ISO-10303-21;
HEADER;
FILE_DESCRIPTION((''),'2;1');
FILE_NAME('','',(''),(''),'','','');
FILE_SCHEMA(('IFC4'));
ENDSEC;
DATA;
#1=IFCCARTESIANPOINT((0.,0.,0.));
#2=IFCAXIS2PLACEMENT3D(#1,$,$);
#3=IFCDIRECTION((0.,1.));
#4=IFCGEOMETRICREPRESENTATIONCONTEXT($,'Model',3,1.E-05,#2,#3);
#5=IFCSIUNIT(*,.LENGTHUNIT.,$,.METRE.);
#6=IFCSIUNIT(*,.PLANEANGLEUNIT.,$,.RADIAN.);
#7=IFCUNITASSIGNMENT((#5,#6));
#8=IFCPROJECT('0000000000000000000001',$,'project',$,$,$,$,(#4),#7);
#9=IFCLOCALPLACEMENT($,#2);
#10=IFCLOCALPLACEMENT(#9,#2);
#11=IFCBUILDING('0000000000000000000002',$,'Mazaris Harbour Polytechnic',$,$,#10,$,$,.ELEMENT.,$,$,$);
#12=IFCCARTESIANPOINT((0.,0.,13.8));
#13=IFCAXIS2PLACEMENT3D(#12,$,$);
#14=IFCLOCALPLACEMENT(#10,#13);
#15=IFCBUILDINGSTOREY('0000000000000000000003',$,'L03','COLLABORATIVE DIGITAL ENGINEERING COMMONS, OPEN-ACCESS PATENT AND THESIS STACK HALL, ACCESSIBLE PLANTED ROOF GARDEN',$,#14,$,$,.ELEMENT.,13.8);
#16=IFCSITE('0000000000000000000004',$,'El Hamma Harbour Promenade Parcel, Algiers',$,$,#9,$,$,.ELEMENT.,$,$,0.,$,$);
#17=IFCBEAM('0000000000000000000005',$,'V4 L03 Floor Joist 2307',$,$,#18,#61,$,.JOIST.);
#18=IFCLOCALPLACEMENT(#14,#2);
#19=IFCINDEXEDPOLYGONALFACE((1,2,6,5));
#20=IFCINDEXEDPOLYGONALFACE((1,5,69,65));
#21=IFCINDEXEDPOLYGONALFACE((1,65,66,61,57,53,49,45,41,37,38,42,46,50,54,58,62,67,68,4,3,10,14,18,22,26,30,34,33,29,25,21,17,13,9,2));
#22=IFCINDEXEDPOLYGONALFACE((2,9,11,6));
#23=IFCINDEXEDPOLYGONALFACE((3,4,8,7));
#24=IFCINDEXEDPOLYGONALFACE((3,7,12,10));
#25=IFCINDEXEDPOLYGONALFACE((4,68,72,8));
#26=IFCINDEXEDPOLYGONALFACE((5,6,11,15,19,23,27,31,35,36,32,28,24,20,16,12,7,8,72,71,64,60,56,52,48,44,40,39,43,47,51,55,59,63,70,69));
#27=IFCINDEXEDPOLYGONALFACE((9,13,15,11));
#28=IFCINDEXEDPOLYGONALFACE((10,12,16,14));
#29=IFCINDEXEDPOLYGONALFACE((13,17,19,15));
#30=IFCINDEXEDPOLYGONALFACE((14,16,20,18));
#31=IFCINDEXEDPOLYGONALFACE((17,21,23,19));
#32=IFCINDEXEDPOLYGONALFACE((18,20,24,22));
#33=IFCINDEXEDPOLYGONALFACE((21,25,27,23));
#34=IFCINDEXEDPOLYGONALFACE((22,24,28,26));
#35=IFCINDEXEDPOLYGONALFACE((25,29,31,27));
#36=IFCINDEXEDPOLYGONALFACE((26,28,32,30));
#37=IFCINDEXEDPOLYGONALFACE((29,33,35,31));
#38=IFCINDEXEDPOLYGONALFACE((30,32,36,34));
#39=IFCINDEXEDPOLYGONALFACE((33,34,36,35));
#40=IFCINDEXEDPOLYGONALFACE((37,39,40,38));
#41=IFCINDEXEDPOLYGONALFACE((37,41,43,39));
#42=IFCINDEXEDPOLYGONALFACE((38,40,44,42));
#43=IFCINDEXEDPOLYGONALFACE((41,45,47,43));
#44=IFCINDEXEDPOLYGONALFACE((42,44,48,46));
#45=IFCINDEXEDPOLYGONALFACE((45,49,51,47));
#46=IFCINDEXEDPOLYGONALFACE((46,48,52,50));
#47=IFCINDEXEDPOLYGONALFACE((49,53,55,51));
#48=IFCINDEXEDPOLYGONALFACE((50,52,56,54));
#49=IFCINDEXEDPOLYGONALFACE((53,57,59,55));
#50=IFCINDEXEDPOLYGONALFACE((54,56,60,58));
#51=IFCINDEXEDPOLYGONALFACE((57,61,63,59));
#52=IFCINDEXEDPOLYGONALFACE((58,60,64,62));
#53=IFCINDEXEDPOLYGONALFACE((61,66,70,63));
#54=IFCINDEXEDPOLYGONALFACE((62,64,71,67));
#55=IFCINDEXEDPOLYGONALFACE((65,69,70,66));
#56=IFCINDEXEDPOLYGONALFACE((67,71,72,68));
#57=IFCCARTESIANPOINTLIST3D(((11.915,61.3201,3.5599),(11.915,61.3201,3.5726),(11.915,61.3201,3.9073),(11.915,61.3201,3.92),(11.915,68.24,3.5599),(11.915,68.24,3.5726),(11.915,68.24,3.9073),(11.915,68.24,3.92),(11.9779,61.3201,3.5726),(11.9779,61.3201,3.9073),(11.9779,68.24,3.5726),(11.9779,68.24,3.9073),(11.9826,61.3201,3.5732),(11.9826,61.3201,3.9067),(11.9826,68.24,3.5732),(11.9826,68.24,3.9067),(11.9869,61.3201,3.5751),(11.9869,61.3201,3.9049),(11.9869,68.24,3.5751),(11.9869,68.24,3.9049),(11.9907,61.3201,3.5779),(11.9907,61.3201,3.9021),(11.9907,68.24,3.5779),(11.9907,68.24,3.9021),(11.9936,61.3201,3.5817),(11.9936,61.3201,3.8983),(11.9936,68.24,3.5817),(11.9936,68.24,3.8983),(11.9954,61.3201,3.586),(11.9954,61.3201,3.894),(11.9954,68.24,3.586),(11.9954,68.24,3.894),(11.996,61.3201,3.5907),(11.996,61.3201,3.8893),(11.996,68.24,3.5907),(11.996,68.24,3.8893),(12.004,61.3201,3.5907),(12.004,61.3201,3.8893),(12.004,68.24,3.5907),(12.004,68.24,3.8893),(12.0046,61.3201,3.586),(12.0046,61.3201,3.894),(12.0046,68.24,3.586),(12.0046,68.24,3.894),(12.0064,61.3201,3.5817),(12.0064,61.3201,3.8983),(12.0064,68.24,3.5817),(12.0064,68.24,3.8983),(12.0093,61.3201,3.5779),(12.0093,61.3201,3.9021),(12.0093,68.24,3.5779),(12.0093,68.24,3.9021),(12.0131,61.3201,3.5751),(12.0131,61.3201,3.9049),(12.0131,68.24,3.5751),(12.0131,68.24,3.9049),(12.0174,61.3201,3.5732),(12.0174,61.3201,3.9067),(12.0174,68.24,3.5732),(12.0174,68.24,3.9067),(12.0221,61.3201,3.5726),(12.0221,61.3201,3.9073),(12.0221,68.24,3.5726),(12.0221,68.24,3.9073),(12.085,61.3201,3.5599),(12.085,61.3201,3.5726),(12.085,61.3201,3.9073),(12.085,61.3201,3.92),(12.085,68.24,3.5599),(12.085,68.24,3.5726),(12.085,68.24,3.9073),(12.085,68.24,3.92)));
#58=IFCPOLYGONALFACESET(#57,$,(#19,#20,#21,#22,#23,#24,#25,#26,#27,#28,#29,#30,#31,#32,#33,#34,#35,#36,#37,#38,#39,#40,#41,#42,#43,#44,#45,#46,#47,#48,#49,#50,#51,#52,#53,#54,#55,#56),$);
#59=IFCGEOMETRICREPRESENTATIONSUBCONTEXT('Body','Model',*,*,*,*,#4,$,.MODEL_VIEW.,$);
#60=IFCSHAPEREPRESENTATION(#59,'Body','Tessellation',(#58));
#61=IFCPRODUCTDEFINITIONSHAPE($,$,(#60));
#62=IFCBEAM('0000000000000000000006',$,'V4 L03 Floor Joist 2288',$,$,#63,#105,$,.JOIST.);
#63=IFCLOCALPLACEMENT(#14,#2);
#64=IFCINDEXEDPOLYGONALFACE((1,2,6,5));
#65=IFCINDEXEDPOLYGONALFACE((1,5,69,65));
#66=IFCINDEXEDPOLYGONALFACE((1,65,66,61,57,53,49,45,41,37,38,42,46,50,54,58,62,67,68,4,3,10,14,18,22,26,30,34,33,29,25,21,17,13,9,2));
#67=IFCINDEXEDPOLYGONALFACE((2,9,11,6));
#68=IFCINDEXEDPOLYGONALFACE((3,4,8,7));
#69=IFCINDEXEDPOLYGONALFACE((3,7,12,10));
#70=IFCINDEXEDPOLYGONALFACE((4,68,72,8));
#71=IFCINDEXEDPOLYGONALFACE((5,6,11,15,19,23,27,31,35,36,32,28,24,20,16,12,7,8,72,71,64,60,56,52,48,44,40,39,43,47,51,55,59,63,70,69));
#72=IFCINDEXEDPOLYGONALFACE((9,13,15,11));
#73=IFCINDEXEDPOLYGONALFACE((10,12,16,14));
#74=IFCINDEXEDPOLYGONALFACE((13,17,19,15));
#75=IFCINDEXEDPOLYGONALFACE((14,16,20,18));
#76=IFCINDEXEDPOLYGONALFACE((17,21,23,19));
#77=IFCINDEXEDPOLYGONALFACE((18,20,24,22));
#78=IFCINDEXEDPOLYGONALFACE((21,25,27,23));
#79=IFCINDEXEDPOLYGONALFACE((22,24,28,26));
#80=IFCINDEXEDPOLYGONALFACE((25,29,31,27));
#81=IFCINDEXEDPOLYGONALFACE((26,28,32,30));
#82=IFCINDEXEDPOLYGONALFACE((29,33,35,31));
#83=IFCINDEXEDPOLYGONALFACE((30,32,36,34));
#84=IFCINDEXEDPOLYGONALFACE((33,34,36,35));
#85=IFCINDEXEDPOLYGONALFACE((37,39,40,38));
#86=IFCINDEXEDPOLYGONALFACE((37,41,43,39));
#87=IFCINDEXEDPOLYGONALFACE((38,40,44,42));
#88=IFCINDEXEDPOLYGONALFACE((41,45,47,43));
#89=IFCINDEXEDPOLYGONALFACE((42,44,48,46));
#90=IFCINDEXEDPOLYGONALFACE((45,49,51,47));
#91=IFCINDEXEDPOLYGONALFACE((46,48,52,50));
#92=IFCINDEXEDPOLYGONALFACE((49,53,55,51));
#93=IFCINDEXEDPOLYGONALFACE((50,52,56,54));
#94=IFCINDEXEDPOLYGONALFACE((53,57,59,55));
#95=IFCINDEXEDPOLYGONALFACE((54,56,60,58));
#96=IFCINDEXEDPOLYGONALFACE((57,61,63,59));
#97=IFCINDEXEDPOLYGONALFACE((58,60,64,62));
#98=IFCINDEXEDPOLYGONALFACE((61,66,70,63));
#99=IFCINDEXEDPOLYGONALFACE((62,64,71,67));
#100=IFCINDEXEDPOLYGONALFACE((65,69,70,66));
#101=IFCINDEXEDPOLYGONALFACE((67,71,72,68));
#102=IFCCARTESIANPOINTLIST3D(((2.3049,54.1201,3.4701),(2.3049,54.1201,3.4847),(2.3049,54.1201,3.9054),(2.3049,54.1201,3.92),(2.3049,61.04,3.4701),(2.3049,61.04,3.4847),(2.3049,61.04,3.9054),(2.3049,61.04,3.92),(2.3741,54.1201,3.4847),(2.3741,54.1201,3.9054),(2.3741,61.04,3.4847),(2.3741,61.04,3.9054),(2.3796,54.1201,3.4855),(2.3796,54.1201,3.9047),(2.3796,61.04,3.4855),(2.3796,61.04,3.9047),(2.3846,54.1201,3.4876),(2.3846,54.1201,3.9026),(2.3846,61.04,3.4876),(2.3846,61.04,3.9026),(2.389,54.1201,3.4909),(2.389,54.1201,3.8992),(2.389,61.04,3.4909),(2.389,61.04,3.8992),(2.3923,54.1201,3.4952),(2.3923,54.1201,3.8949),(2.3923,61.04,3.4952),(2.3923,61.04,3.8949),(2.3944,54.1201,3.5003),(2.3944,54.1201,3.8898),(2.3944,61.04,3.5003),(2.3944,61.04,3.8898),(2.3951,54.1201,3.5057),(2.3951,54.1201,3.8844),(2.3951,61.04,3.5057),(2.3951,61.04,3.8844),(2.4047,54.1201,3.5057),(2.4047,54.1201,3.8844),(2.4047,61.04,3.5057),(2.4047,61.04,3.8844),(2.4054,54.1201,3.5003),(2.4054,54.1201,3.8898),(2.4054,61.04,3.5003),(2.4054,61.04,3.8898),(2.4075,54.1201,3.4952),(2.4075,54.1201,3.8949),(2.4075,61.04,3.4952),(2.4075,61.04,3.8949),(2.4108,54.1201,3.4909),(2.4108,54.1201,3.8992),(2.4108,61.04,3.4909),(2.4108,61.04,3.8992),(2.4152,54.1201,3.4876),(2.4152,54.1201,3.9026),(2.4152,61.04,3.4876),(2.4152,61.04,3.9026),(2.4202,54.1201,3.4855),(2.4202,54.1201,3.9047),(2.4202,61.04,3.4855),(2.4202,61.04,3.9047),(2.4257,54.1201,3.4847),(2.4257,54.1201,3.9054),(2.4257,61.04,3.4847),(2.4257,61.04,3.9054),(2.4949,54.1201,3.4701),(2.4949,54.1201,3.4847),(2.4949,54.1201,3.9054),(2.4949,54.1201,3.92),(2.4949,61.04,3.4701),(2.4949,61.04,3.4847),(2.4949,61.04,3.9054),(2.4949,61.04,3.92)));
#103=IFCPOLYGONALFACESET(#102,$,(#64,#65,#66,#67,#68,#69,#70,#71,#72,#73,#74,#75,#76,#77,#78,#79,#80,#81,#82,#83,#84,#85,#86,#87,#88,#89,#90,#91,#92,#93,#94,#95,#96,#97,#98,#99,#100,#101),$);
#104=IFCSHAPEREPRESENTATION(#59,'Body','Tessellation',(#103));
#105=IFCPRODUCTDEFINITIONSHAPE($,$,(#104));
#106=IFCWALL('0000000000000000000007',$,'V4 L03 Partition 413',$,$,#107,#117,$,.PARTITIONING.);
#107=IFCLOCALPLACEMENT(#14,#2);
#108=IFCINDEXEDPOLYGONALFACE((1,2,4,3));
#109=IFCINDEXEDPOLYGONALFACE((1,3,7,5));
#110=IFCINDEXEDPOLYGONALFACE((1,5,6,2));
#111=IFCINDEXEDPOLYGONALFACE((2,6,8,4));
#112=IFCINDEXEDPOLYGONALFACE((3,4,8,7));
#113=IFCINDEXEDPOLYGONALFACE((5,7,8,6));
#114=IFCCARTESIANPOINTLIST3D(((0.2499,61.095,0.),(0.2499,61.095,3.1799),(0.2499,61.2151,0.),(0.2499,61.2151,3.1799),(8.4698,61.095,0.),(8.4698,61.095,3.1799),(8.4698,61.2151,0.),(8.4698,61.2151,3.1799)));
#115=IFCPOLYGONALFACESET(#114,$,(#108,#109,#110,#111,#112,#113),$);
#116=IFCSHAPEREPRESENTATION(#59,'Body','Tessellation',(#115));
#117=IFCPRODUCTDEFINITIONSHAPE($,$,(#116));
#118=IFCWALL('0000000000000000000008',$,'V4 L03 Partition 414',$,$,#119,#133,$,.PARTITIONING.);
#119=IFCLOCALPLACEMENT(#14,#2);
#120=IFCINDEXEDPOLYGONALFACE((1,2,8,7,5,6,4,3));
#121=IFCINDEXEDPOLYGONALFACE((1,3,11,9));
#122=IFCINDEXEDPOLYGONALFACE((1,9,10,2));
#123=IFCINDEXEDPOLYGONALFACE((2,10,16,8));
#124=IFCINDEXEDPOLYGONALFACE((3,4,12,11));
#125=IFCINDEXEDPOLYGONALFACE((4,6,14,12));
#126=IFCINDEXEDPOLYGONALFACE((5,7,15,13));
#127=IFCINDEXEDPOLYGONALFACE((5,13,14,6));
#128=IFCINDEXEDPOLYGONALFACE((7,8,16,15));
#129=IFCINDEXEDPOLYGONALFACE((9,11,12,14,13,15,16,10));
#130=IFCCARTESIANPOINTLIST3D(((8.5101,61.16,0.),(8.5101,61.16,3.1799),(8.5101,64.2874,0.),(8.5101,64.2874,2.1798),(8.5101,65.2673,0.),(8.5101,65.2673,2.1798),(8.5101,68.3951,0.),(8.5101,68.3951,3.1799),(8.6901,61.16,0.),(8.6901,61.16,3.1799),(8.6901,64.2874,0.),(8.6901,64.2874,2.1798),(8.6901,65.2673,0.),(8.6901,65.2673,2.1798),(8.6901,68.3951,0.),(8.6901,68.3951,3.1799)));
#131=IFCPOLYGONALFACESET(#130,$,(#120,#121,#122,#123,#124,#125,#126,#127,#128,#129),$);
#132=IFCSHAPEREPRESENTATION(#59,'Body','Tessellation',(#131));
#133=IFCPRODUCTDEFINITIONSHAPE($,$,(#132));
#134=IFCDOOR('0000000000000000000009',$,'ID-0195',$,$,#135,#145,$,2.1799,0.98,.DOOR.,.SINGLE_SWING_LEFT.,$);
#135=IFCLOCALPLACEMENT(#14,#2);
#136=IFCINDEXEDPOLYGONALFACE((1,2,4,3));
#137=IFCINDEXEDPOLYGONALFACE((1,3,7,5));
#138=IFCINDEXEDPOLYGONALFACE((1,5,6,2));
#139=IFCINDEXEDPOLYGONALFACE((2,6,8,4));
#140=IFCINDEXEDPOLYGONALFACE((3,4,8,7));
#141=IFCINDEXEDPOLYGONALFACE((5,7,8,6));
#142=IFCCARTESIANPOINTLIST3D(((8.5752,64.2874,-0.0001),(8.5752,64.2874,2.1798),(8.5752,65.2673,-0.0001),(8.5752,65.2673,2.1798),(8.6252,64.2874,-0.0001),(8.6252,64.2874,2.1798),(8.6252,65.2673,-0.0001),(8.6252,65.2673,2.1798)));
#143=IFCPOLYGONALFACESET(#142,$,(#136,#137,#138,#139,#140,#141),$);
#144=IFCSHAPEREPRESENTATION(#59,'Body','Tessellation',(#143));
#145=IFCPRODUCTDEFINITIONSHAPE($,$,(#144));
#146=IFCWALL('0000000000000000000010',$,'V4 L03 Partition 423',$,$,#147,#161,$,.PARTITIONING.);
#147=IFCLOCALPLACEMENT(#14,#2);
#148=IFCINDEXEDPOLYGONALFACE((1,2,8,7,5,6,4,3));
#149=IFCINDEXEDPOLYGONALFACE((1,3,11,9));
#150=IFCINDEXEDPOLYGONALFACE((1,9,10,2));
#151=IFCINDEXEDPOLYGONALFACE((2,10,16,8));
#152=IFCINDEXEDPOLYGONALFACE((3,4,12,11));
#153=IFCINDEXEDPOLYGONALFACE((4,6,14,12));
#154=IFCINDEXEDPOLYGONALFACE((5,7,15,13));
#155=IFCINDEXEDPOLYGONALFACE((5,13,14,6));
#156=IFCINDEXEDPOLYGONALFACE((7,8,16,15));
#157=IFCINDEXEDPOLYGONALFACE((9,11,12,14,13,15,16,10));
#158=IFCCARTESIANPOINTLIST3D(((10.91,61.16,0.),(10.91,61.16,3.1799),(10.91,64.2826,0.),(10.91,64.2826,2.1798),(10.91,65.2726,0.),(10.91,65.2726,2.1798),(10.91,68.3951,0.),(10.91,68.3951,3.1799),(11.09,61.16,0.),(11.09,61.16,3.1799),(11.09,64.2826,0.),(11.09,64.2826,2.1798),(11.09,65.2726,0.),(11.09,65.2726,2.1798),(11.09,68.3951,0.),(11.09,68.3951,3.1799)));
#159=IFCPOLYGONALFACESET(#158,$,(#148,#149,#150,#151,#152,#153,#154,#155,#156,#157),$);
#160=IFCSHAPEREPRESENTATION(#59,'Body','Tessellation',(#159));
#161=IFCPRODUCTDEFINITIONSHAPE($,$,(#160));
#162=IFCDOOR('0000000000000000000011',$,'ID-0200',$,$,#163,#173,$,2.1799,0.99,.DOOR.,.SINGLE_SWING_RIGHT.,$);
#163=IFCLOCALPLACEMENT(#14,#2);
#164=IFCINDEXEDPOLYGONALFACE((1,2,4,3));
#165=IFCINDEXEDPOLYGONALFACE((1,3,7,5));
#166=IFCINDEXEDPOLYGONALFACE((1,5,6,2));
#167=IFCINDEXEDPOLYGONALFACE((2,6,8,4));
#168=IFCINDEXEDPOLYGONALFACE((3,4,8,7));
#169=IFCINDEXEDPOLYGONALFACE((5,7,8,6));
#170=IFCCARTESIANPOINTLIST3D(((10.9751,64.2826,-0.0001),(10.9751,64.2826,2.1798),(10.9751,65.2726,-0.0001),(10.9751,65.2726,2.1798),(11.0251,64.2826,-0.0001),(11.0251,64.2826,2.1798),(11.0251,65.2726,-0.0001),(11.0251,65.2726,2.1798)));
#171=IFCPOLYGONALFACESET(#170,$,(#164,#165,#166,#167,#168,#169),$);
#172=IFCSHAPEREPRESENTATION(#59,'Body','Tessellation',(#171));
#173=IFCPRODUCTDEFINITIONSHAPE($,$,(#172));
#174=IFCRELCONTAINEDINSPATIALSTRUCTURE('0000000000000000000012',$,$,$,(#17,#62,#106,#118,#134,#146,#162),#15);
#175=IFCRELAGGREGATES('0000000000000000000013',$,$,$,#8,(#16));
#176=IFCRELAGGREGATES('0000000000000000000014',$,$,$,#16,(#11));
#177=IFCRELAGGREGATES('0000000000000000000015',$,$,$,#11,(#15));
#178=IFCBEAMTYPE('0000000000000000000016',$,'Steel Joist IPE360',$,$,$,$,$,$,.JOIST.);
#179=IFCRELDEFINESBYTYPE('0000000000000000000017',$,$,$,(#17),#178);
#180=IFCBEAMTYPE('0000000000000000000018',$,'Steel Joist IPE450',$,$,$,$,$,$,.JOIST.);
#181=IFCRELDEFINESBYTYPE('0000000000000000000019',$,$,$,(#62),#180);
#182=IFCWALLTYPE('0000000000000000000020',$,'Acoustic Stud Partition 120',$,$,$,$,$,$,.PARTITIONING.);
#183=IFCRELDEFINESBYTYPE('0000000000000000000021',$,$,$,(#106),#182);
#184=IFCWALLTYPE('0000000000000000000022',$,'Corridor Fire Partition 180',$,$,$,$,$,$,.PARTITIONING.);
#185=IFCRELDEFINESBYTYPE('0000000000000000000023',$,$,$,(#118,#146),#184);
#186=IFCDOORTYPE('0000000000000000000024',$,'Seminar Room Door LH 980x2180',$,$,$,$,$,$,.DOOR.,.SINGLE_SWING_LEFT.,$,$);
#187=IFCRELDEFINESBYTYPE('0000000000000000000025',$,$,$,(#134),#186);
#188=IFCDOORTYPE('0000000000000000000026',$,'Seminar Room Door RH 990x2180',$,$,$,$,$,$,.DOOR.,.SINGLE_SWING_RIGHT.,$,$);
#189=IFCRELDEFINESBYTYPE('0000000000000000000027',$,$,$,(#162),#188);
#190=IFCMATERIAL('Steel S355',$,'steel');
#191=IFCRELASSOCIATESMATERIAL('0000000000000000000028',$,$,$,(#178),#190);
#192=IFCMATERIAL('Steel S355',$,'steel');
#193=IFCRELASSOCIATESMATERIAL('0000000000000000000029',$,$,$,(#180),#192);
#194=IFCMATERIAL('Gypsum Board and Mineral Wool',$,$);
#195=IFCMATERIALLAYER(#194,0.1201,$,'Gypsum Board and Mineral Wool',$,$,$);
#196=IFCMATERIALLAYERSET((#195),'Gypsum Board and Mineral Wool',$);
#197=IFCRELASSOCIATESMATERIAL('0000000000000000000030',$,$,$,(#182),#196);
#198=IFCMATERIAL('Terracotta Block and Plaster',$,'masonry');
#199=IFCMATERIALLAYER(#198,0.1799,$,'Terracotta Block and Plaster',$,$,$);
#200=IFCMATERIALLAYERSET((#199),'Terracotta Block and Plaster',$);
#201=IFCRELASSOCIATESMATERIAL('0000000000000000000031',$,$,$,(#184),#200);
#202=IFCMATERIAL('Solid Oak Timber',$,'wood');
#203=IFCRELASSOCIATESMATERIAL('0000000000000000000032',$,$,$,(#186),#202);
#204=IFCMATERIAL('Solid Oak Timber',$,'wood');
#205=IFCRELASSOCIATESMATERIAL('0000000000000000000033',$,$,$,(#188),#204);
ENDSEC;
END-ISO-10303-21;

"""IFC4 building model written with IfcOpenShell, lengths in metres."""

from ifc_helpers import new_model, si_unit, direction, frame, frame_2d, origin, origin_2d, place, context, subcontext, project, spatial, rectangle, i_section, extrude, material, layer, layer_set, material_profile, profile_set, type_object, element, fill, save


model = new_model("IFC4")

# Units and contexts
model_context = context("Model", 3, precision=1e-05, world=origin(), true_north=direction((0.0, 1.0)))
body_context = subcontext(model_context, "Body", "Model", "MODEL_VIEW")
ifc_project = project(units=[si_unit("LENGTHUNIT", "METRE"), si_unit("PLANEANGLEUNIT", "RADIAN")], contexts=[model_context])

# Site, building, storey
site_placement = place(None, origin())
site = spatial("IfcSite", under=ifc_project, at=site_placement, Name="El Hamma Harbour Promenade Parcel, Algiers", CompositionType="ELEMENT", RefElevation=0.0)
building_placement = place(site_placement, origin())
building = spatial("IfcBuilding", under=site, at=building_placement, Name="Mazaris Harbour Polytechnic", CompositionType="ELEMENT")
storey_placement = place(building_placement, frame((0.0, 0.0, 13.8)))
storey = spatial("IfcBuildingStorey", under=building, at=storey_placement, Name="L03", Description="COLLABORATIVE DIGITAL ENGINEERING COMMONS, OPEN-ACCESS PATENT AND THESIS STACK HALL, ACCESSIBLE PLANTED ROOF GARDEN", CompositionType="ELEMENT", Elevation=13.8)

# Beams
ifc_material_1 = material(Name="Steel S355", Category="steel")
ifc_material_profile_1 = material_profile(ifc_material_1, i_section(OverallWidth=0.1699, OverallDepth=0.3601, WebThickness=0.0081, FlangeThickness=0.0127, FilletRadius=0.0181, at=origin_2d()), Name="IPE 360")
ifc_profile_set_1 = profile_set([ifc_material_profile_1], Name="Steel S355")
beam_type_1 = type_object("IfcBeamType", Name="Steel Joist IPE360", PredefinedType="JOIST", material=ifc_profile_set_1)
beam_1_placement = place(storey_placement, frame((12.0, 61.3201, 3.74), z_axis=(0.0, 1.0, 0.0), x_axis=(-1.0, 0.0, 0.0)))
element("IfcBeam", 1, at=beam_1_placement, inside=storey, type_object=beam_type_1, Name="V4 L03 Floor Joist 2307", PredefinedType="JOIST", context=body_context, shape_type="SweptSolid", body=[
    extrude(i_section(OverallWidth=0.1699, OverallDepth=0.3601, WebThickness=0.0081, FlangeThickness=0.0127, FilletRadius=0.0181, at=origin_2d()), origin(), (0.0, 0.0, 1.0), 6.9199),
])
ifc_material_2 = material(Name="Steel S355", Category="steel")
ifc_material_profile_2 = material_profile(ifc_material_2, i_section(OverallWidth=0.1899, OverallDepth=0.45, WebThickness=0.0095, FlangeThickness=0.0146, FilletRadius=0.021, at=origin_2d()), Name="IPE 450")
ifc_profile_set_2 = profile_set([ifc_material_profile_2], Name="Steel S355")
beam_type_2 = type_object("IfcBeamType", Name="Steel Joist IPE450", PredefinedType="JOIST", material=ifc_profile_set_2)
beam_2_placement = place(storey_placement, frame((2.3999, 54.1201, 3.6951), z_axis=(0.0, 1.0, 0.0), x_axis=(-1.0, 0.0, 0.0)))
element("IfcBeam", 2, at=beam_2_placement, inside=storey, type_object=beam_type_2, Name="V4 L03 Floor Joist 2288", PredefinedType="JOIST", context=body_context, shape_type="SweptSolid", body=[
    extrude(i_section(OverallWidth=0.1899, OverallDepth=0.45, WebThickness=0.0095, FlangeThickness=0.0146, FilletRadius=0.021, at=origin_2d()), origin(), (0.0, 0.0, 1.0), 6.9199),
])

# Wall
ifc_material_3 = material(Name="Gypsum Board and Mineral Wool")
ifc_layer_1 = layer(ifc_material_3, 0.1201, Name="Gypsum Board and Mineral Wool")
ifc_layer_set_1 = layer_set([ifc_layer_1], Name="Gypsum Board and Mineral Wool")
wall_type_1 = type_object("IfcWallType", Name="Acoustic Stud Partition 120", PredefinedType="PARTITIONING", material=ifc_layer_set_1)
wall_1_placement = place(storey_placement, frame((0.25, 61.155, 0.0), z_axis=(0.0, 0.0, 1.0), x_axis=(1.0, 0.0, 0.0)))
element("IfcWall", 3, at=wall_1_placement, inside=storey, type_object=wall_type_1, Name="V4 L03 Partition 413", PredefinedType="PARTITIONING", context=body_context, shape_type="SweptSolid", body=[
    extrude(rectangle(XDim=8.22, YDim=0.1201, at=frame_2d((4.1099, 0.0))), origin(), (0.0, 0.0, 1.0), 3.1799),
])

# Walls, openings, doors
ifc_material_4 = material(Name="Terracotta Block and Plaster", Category="masonry")
ifc_layer_2 = layer(ifc_material_4, 0.1799, Name="Terracotta Block and Plaster")
ifc_layer_set_2 = layer_set([ifc_layer_2], Name="Terracotta Block and Plaster")
wall_type_2 = type_object("IfcWallType", Name="Corridor Fire Partition 180", PredefinedType="PARTITIONING", material=ifc_layer_set_2)
wall_2_placement = place(storey_placement, frame((8.6001, 61.1599, 0.0), z_axis=(0.0, 0.0, 1.0), x_axis=(0.0, 1.0, 0.0)))
wall_2 = element("IfcWall", 4, at=wall_2_placement, inside=storey, type_object=wall_type_2, Name="V4 L03 Partition 414", PredefinedType="PARTITIONING", context=body_context, shape_type="SweptSolid", body=[
    extrude(rectangle(XDim=7.2351, YDim=0.1799, at=frame_2d((3.6177, 0.0))), origin(), (0.0, 0.0, 1.0), 3.1799),
])
opening_1_placement = place(wall_2_placement, frame((3.1274, 0.0, 0.0)))
opening_1 = element("IfcOpeningElement", 5, at=opening_1_placement, cuts=wall_2, PredefinedType="OPENING", context=body_context, shape_type="SweptSolid", body=[
    extrude(rectangle(XDim=0.98, YDim=2.1799, at=frame_2d((0.49, 1.0898))), frame((0.0, 0.0999, 0.0), z_axis=(0.0, -1.0, 0.0), x_axis=(1.0, 0.0, 0.0)), (0.0, 0.0, 1.0), 0.2),
])
ifc_material_5 = material(Name="Solid Oak Timber", Category="wood")
door_type_1 = type_object("IfcDoorType", Name="Seminar Room Door LH 980x2180", OperationType="SINGLE_SWING_LEFT", PredefinedType="DOOR", material=ifc_material_5)
door_1_placement = place(opening_1_placement, origin())
door_1 = element("IfcDoor", 6, at=door_1_placement, inside=storey, type_object=door_type_1, Name="ID-0195", OperationType="SINGLE_SWING_LEFT", OverallHeight=2.1799, OverallWidth=0.98, PredefinedType="DOOR", context=body_context, shape_type="SweptSolid", body=[
    extrude(rectangle(XDim=0.98, YDim=2.1799, at=frame_2d((0.49, 1.0898))), frame((0.0, 0.0249, 0.0), z_axis=(0.0, -1.0, 0.0), x_axis=(1.0, 0.0, 0.0)), (0.0, 0.0, 1.0), 0.05),
])
fill(opening_1, door_1)
wall_3_placement = place(storey_placement, frame((11.0, 61.1599, 0.0), z_axis=(0.0, 0.0, 1.0), x_axis=(0.0, 1.0, 0.0)))
wall_3 = element("IfcWall", 7, at=wall_3_placement, inside=storey, type_object=wall_type_2, Name="V4 L03 Partition 423", PredefinedType="PARTITIONING", context=body_context, shape_type="SweptSolid", body=[
    extrude(rectangle(XDim=7.2351, YDim=0.1799, at=frame_2d((3.6177, 0.0))), origin(), (0.0, 0.0, 1.0), 3.1799),
])
opening_2_placement = place(wall_3_placement, frame((3.1226, 0.0, 0.0)))
opening_2 = element("IfcOpeningElement", 8, at=opening_2_placement, cuts=wall_3, PredefinedType="OPENING", context=body_context, shape_type="SweptSolid", body=[
    extrude(rectangle(XDim=0.99, YDim=2.1799, at=frame_2d((0.4951, 1.0898))), frame((0.0, 0.0999, 0.0), z_axis=(0.0, -1.0, 0.0), x_axis=(1.0, 0.0, 0.0)), (0.0, 0.0, 1.0), 0.2),
])
ifc_material_6 = material(Name="Solid Oak Timber", Category="wood")
door_type_2 = type_object("IfcDoorType", Name="Seminar Room Door RH 990x2180", OperationType="SINGLE_SWING_RIGHT", PredefinedType="DOOR", material=ifc_material_6)
door_2_placement = place(opening_2_placement, origin())
door_2 = element("IfcDoor", 9, at=door_2_placement, inside=storey, type_object=door_type_2, Name="ID-0200", OperationType="SINGLE_SWING_RIGHT", OverallHeight=2.1799, OverallWidth=0.99, PredefinedType="DOOR", context=body_context, shape_type="SweptSolid", body=[
    extrude(rectangle(XDim=0.99, YDim=2.1799, at=frame_2d((0.4951, 1.0898))), frame((0.0, 0.0249, 0.0), z_axis=(0.0, -1.0, 0.0), x_axis=(1.0, 0.0, 0.0)), (0.0, 0.0, 1.0), 0.05),
])
fill(opening_2, door_2)

save(model, "model.ifc")
